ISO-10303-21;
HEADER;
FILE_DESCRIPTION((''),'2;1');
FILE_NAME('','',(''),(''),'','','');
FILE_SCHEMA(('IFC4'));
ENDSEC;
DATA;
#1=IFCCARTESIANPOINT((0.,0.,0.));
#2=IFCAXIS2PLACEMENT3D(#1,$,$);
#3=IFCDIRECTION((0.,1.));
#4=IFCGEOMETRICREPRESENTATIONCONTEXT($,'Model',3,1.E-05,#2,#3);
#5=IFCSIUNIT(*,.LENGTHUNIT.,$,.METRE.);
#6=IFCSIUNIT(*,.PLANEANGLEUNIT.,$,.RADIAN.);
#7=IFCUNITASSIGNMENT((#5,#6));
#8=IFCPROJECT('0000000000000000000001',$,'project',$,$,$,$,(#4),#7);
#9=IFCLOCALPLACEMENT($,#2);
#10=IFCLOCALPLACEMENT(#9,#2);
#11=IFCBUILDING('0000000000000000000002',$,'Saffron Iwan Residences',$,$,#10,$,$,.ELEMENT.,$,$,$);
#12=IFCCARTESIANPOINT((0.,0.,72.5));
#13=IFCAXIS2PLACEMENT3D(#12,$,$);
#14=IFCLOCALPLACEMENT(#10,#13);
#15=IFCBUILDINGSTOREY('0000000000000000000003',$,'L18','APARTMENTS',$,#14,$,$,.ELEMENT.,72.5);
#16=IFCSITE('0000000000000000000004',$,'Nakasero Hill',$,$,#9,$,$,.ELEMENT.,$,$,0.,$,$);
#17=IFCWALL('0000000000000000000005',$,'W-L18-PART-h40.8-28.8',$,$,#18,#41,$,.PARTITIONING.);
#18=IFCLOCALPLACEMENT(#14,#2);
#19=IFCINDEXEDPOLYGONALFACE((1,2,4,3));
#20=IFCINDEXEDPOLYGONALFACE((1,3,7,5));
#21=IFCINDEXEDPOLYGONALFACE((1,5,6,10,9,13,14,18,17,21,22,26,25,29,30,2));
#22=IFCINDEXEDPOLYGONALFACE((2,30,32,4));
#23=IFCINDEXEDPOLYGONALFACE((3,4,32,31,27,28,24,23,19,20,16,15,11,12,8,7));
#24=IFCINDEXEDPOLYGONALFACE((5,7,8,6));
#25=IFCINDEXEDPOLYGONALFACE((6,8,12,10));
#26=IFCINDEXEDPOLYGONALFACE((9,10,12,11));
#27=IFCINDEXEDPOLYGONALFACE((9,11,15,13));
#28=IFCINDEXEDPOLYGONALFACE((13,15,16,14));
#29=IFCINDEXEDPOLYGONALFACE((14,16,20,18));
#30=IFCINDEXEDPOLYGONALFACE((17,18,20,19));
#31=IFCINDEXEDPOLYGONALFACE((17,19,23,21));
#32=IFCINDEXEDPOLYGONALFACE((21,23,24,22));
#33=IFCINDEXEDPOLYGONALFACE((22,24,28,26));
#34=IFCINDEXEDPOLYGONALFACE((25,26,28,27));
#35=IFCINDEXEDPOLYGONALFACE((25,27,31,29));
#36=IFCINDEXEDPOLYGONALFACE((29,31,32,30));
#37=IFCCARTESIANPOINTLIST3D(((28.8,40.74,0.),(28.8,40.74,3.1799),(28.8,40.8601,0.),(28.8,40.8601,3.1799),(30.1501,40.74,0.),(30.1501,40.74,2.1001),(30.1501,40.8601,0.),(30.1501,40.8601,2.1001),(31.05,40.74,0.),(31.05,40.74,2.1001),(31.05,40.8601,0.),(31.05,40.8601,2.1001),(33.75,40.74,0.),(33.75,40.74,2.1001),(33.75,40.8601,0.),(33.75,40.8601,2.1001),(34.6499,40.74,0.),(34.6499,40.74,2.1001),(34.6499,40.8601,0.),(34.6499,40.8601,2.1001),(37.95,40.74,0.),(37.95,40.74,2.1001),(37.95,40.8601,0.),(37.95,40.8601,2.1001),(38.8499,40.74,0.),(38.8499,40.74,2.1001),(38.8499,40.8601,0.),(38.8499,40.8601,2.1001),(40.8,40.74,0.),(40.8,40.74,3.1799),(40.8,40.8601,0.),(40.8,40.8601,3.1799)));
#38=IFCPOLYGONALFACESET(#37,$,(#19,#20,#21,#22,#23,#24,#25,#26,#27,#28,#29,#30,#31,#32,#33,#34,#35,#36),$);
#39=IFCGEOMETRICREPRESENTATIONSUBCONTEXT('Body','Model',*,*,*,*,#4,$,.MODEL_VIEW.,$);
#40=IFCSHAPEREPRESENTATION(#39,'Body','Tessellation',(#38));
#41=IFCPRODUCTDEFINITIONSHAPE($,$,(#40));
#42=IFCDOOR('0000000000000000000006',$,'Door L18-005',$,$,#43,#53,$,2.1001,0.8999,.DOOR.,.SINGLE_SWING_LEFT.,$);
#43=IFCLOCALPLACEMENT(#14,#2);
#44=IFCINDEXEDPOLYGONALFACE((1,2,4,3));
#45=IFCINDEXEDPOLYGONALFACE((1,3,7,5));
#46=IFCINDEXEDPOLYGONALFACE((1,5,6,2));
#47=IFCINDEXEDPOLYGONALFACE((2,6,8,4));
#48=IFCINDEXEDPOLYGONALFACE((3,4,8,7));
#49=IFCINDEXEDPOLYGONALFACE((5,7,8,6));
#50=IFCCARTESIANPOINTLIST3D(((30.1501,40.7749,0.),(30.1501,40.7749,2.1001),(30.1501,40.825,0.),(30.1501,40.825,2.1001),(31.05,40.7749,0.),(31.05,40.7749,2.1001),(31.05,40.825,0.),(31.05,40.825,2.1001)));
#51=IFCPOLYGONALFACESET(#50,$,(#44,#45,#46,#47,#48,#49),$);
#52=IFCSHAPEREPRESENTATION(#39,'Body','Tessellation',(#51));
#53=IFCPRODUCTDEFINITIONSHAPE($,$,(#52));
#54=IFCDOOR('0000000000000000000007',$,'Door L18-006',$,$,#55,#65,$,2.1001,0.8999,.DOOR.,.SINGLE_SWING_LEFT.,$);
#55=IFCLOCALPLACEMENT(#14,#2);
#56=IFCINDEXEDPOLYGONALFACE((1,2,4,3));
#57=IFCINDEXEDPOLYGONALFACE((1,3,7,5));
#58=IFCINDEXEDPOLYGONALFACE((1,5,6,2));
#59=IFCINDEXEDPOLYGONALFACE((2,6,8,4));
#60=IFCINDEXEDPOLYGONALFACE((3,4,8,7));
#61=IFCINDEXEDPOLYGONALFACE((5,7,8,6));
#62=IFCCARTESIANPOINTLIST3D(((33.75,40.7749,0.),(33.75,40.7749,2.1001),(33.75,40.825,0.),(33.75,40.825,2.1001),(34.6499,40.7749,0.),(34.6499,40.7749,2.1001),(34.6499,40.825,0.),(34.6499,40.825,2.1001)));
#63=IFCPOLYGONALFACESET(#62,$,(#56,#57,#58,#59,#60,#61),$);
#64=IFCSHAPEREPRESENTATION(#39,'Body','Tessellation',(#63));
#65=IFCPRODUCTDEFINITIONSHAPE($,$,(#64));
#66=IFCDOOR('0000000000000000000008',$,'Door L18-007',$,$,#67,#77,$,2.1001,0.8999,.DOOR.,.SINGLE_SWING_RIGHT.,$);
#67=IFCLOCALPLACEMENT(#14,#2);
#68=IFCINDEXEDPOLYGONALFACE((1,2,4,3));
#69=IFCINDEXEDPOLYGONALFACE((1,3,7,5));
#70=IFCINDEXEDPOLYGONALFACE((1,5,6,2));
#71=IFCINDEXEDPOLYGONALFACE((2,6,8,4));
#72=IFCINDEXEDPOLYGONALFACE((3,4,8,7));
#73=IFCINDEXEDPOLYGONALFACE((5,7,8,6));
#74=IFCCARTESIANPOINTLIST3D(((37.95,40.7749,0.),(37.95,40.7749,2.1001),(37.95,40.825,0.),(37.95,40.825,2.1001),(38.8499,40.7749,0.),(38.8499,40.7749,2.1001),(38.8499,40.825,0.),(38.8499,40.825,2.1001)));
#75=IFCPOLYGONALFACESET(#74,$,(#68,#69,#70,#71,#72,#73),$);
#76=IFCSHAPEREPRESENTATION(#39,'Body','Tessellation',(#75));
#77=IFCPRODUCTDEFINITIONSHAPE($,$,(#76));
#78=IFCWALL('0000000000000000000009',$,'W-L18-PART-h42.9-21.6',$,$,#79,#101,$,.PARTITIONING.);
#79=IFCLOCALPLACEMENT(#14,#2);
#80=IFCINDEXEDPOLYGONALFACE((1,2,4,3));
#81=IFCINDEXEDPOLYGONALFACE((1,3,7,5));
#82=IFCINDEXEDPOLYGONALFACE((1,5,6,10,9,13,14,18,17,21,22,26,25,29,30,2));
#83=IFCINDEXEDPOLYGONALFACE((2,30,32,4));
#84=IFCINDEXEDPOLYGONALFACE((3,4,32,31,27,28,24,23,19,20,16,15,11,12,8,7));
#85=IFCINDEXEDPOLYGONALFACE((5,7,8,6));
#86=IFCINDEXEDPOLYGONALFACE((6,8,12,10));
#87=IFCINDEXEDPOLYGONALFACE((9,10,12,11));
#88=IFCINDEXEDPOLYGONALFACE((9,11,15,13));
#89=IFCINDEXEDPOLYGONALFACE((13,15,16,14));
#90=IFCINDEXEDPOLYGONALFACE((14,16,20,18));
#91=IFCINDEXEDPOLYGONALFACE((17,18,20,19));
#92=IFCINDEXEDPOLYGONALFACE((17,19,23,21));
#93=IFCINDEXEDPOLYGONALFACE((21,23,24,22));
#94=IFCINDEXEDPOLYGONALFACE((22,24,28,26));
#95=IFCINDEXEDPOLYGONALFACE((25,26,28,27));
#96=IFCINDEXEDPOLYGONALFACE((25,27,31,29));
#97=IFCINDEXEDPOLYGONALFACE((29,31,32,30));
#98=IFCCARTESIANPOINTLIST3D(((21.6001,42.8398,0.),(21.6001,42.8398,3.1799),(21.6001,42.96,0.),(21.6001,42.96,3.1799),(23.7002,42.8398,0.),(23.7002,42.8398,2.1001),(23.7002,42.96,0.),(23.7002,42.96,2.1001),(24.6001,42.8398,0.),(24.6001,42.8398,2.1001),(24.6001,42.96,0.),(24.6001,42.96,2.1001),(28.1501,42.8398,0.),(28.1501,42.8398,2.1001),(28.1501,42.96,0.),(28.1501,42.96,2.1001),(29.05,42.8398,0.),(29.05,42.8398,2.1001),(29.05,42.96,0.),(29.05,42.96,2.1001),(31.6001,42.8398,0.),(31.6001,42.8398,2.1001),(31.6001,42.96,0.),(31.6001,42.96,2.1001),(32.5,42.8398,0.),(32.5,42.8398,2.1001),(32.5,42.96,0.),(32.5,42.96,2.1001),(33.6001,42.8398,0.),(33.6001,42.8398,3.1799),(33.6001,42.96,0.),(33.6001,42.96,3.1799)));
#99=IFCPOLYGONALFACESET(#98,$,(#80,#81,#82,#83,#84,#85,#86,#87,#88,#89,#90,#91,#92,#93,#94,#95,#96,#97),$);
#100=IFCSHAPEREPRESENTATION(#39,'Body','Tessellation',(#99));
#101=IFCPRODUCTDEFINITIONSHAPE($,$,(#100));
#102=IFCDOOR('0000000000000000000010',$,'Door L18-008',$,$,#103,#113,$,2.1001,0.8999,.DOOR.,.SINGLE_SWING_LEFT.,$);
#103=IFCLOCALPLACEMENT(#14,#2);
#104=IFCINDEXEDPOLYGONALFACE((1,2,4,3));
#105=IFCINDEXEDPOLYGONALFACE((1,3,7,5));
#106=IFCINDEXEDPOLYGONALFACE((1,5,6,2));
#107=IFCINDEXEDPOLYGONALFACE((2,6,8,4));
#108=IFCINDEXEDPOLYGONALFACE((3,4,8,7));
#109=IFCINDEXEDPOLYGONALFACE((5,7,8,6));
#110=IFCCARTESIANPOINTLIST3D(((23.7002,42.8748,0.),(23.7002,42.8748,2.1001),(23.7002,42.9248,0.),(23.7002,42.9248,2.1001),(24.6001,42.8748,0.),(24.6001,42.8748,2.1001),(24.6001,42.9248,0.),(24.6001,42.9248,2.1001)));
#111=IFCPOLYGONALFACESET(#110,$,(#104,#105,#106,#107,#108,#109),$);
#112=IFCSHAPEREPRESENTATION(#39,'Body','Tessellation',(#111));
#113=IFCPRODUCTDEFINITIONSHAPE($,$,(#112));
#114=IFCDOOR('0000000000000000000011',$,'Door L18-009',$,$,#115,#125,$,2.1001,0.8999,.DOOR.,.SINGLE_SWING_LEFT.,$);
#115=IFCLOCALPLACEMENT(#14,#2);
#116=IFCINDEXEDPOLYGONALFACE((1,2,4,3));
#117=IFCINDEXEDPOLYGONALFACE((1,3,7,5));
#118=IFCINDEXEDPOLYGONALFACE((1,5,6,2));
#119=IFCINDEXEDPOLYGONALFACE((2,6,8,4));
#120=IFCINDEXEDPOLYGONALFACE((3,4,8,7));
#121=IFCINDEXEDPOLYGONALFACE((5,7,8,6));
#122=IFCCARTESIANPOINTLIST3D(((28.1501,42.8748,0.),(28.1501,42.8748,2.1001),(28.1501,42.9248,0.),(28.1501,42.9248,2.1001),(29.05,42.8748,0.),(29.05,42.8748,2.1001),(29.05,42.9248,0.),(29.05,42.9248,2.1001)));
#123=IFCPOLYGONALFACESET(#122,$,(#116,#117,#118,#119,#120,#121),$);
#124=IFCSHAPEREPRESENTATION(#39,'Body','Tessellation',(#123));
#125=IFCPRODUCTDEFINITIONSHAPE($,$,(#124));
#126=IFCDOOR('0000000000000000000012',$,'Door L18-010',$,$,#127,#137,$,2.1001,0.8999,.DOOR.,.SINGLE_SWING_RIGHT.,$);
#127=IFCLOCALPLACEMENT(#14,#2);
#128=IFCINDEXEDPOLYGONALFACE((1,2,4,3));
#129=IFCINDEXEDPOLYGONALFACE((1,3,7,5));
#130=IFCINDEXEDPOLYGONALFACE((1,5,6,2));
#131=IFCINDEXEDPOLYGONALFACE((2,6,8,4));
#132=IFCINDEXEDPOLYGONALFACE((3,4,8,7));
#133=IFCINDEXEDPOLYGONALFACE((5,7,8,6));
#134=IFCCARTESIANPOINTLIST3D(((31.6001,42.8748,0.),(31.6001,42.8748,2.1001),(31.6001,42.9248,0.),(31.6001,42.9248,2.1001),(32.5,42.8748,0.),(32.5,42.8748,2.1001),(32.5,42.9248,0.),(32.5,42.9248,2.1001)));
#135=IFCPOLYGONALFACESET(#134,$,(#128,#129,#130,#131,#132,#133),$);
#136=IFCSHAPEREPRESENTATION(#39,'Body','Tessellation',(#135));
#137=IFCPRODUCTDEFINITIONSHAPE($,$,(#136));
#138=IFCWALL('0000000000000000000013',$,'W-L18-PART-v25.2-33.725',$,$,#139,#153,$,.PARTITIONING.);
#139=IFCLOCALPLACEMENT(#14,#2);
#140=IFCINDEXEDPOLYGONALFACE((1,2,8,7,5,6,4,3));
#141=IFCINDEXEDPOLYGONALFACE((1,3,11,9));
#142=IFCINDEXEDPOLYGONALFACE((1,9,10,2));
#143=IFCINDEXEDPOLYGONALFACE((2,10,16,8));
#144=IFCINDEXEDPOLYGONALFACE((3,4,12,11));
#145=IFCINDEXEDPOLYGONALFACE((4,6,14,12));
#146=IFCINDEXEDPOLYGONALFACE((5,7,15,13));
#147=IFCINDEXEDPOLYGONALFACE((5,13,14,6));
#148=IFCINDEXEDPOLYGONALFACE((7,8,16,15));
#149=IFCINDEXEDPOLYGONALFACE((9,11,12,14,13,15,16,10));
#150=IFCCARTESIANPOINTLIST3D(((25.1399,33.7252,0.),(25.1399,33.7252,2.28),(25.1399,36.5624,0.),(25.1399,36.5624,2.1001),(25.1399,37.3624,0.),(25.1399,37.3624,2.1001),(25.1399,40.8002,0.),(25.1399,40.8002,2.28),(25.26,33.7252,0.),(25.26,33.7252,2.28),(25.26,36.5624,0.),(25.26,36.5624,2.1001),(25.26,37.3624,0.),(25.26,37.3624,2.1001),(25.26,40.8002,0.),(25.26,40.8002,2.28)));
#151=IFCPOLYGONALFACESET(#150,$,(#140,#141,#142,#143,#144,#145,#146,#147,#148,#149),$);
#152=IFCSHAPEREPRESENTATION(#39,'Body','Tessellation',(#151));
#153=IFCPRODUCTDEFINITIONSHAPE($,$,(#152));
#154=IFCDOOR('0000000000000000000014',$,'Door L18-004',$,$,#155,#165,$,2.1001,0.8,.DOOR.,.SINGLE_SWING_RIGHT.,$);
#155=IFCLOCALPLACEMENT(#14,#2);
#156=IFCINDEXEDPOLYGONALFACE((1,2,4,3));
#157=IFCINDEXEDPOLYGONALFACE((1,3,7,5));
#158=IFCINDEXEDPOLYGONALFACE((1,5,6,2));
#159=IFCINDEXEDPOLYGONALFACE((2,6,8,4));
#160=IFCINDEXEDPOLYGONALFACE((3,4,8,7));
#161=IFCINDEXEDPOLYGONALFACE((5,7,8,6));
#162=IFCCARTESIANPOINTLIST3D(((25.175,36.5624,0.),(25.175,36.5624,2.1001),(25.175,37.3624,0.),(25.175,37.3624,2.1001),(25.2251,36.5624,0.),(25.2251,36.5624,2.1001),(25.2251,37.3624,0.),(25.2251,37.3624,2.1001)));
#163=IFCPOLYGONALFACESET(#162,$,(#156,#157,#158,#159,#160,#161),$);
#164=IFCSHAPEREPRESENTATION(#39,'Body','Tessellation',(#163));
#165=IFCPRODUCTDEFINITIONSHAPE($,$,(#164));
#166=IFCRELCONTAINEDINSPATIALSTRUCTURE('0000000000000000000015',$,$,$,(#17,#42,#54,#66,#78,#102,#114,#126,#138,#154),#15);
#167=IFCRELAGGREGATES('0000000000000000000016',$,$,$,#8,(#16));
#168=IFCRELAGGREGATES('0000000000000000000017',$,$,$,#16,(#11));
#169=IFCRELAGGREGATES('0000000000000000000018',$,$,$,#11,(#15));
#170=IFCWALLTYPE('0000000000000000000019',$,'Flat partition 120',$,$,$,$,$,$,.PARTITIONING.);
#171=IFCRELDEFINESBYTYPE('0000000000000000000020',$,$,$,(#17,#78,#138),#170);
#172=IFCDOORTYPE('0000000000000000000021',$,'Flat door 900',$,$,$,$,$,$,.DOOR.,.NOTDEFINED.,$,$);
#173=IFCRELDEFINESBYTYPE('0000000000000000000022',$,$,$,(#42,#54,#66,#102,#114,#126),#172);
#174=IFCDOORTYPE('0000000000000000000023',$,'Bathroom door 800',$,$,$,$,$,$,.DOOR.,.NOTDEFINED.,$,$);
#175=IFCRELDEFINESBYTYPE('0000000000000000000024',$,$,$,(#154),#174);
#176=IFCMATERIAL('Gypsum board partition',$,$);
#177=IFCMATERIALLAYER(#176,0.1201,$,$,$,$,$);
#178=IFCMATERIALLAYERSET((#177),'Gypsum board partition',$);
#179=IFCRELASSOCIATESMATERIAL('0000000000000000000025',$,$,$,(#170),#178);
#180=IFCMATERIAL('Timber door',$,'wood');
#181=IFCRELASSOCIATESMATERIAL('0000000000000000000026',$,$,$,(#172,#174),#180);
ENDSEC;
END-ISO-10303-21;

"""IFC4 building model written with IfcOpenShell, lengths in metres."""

from ifc_helpers import new_model, si_unit, direction, frame, frame_2d, origin, place, context, subcontext, project, spatial, rectangle, extrude, material, layer, layer_set, type_object, element, fill, save


model = new_model("IFC4")

# Units and contexts
model_context = context("Model", 3, precision=1e-05, world=origin(), true_north=direction((0.0, 1.0)))
body_context = subcontext(model_context, "Body", "Model", "MODEL_VIEW")
ifc_project = project(units=[si_unit("LENGTHUNIT", "METRE"), si_unit("PLANEANGLEUNIT", "RADIAN")], contexts=[model_context])

# Site, building, storey
site_placement = place(None, origin())
site = spatial("IfcSite", under=ifc_project, at=site_placement, Name="Nakasero Hill", CompositionType="ELEMENT", RefElevation=0.0)
building_placement = place(site_placement, origin())
building = spatial("IfcBuilding", under=site, at=building_placement, Name="Saffron Iwan Residences", CompositionType="ELEMENT")
storey_placement = place(building_placement, frame((0.0, 0.0, 72.5)))
storey = spatial("IfcBuildingStorey", under=building, at=storey_placement, Name="L18", Description="APARTMENTS", CompositionType="ELEMENT", Elevation=72.5)

# Shared definitions
ifc_material_1 = material(Name="Gypsum board partition")
ifc_layer_1 = layer(ifc_material_1, 0.1201)
ifc_layer_set_1 = layer_set([ifc_layer_1], Name="Gypsum board partition")
wall_type_1 = type_object("IfcWallType", Name="Flat partition 120", PredefinedType="PARTITIONING", material=ifc_layer_set_1)

# Walls, openings, doors
wall_1_placement = place(storey_placement, frame((28.8, 40.8, 0.0), z_axis=(0.0, 0.0, 1.0), x_axis=(1.0, 0.0, 0.0)))
wall_1 = element("IfcWall", 1, at=wall_1_placement, inside=storey, type_object=wall_type_1, Name="W-L18-PART-h40.8-28.8", PredefinedType="PARTITIONING", context=body_context, shape_type="SweptSolid", body=[
    extrude(rectangle(XDim=12.0, YDim=0.1201, at=frame_2d((6.0, 0.0))), origin(), (0.0, 0.0, 1.0), 3.1799),
])
opening_1_placement = place(wall_1_placement, frame((1.3501, 0.0, 0.0)))
opening_1 = element("IfcOpeningElement", 2, at=opening_1_placement, cuts=wall_1, PredefinedType="OPENING", context=body_context, shape_type="SweptSolid", body=[
    extrude(rectangle(XDim=0.8999, YDim=2.1001, at=frame_2d((0.45, 1.05))), frame((0.0, 0.0701, 0.0), z_axis=(0.0, -1.0, 0.0), x_axis=(1.0, 0.0, 0.0)), (0.0, 0.0, 1.0), 0.1401),
])
opening_2_placement = place(wall_1_placement, frame((4.95, 0.0, 0.0)))
opening_2 = element("IfcOpeningElement", 3, at=opening_2_placement, cuts=wall_1, PredefinedType="OPENING", context=body_context, shape_type="SweptSolid", body=[
    extrude(rectangle(XDim=0.8999, YDim=2.1001, at=frame_2d((0.45, 1.05))), frame((0.0, 0.0701, 0.0), z_axis=(0.0, -1.0, 0.0), x_axis=(1.0, 0.0, 0.0)), (0.0, 0.0, 1.0), 0.1401),
])
opening_3_placement = place(wall_1_placement, frame((9.1499, 0.0, 0.0)))
opening_3 = element("IfcOpeningElement", 4, at=opening_3_placement, cuts=wall_1, PredefinedType="OPENING", context=body_context, shape_type="SweptSolid", body=[
    extrude(rectangle(XDim=0.8999, YDim=2.1001, at=frame_2d((0.45, 1.05))), frame((0.0, 0.0701, 0.0), z_axis=(0.0, -1.0, 0.0), x_axis=(1.0, 0.0, 0.0)), (0.0, 0.0, 1.0), 0.1401),
])
ifc_material_2 = material(Name="Timber door", Category="wood")
door_type_1 = type_object("IfcDoorType", Name="Flat door 900", OperationType="NOTDEFINED", PredefinedType="DOOR", material=ifc_material_2)
door_1_placement = place(opening_1_placement, origin())
door_1 = element("IfcDoor", 5, at=door_1_placement, inside=storey, type_object=door_type_1, Name="Door L18-005", OperationType="SINGLE_SWING_LEFT", OverallHeight=2.1001, OverallWidth=0.8999, PredefinedType="DOOR", context=body_context, shape_type="SweptSolid", body=[
    extrude(rectangle(XDim=0.8999, YDim=2.1001, at=frame_2d((0.45, 1.05))), frame((0.0, 0.0249, 0.0), z_axis=(0.0, -1.0, 0.0), x_axis=(1.0, 0.0, 0.0)), (0.0, 0.0, 1.0), 0.05),
])
fill(opening_1, door_1)
door_2_placement = place(opening_2_placement, origin())
door_2 = element("IfcDoor", 6, at=door_2_placement, inside=storey, type_object=door_type_1, Name="Door L18-006", OperationType="SINGLE_SWING_LEFT", OverallHeight=2.1001, OverallWidth=0.8999, PredefinedType="DOOR", context=body_context, shape_type="SweptSolid", body=[
    extrude(rectangle(XDim=0.8999, YDim=2.1001, at=frame_2d((0.45, 1.05))), frame((0.0, 0.0249, 0.0), z_axis=(0.0, -1.0, 0.0), x_axis=(1.0, 0.0, 0.0)), (0.0, 0.0, 1.0), 0.05),
])
fill(opening_2, door_2)
door_3_placement = place(opening_3_placement, origin())
door_3 = element("IfcDoor", 7, at=door_3_placement, inside=storey, type_object=door_type_1, Name="Door L18-007", OperationType="SINGLE_SWING_RIGHT", OverallHeight=2.1001, OverallWidth=0.8999, PredefinedType="DOOR", context=body_context, shape_type="SweptSolid", body=[
    extrude(rectangle(XDim=0.8999, YDim=2.1001, at=frame_2d((0.45, 1.05))), frame((0.0, 0.0249, 0.0), z_axis=(0.0, -1.0, 0.0), x_axis=(1.0, 0.0, 0.0)), (0.0, 0.0, 1.0), 0.05),
])
fill(opening_3, door_3)
wall_2_placement = place(storey_placement, frame((21.6001, 42.8999, 0.0), z_axis=(0.0, 0.0, 1.0), x_axis=(1.0, 0.0, 0.0)))
wall_2 = element("IfcWall", 8, at=wall_2_placement, inside=storey, type_object=wall_type_1, Name="W-L18-PART-h42.9-21.6", PredefinedType="PARTITIONING", context=body_context, shape_type="SweptSolid", body=[
    extrude(rectangle(XDim=12.0, YDim=0.1201, at=frame_2d((6.0, 0.0))), origin(), (0.0, 0.0, 1.0), 3.1799),
])
opening_4_placement = place(wall_2_placement, frame((2.1001, 0.0, 0.0)))
opening_4 = element("IfcOpeningElement", 9, at=opening_4_placement, cuts=wall_2, PredefinedType="OPENING", context=body_context, shape_type="SweptSolid", body=[
    extrude(rectangle(XDim=0.8999, YDim=2.1001, at=frame_2d((0.45, 1.05))), frame((0.0, 0.0701, 0.0), z_axis=(0.0, -1.0, 0.0), x_axis=(1.0, 0.0, 0.0)), (0.0, 0.0, 1.0), 0.1401),
])
opening_5_placement = place(wall_2_placement, frame((6.55, 0.0, 0.0)))
opening_5 = element("IfcOpeningElement", 10, at=opening_5_placement, cuts=wall_2, PredefinedType="OPENING", context=body_context, shape_type="SweptSolid", body=[
    extrude(rectangle(XDim=0.8999, YDim=2.1001, at=frame_2d((0.45, 1.05))), frame((0.0, 0.0701, 0.0), z_axis=(0.0, -1.0, 0.0), x_axis=(1.0, 0.0, 0.0)), (0.0, 0.0, 1.0), 0.1401),
])
opening_6_placement = place(wall_2_placement, frame((10.0, 0.0, 0.0)))
opening_6 = element("IfcOpeningElement", 11, at=opening_6_placement, cuts=wall_2, PredefinedType="OPENING", context=body_context, shape_type="SweptSolid", body=[
    extrude(rectangle(XDim=0.8999, YDim=2.1001, at=frame_2d((0.45, 1.05))), frame((0.0, 0.0701, 0.0), z_axis=(0.0, -1.0, 0.0), x_axis=(1.0, 0.0, 0.0)), (0.0, 0.0, 1.0), 0.1401),
])
door_4_placement = place(opening_4_placement, origin())
door_4 = element("IfcDoor", 12, at=door_4_placement, inside=storey, type_object=door_type_1, Name="Door L18-008", OperationType="SINGLE_SWING_LEFT", OverallHeight=2.1001, OverallWidth=0.8999, PredefinedType="DOOR", context=body_context, shape_type="SweptSolid", body=[
    extrude(rectangle(XDim=0.8999, YDim=2.1001, at=frame_2d((0.45, 1.05))), frame((0.0, 0.0249, 0.0), z_axis=(0.0, -1.0, 0.0), x_axis=(1.0, 0.0, 0.0)), (0.0, 0.0, 1.0), 0.05),
])
fill(opening_4, door_4)
door_5_placement = place(opening_5_placement, origin())
door_5 = element("IfcDoor", 13, at=door_5_placement, inside=storey, type_object=door_type_1, Name="Door L18-009", OperationType="SINGLE_SWING_LEFT", OverallHeight=2.1001, OverallWidth=0.8999, PredefinedType="DOOR", context=body_context, shape_type="SweptSolid", body=[
    extrude(rectangle(XDim=0.8999, YDim=2.1001, at=frame_2d((0.45, 1.05))), frame((0.0, 0.0249, 0.0), z_axis=(0.0, -1.0, 0.0), x_axis=(1.0, 0.0, 0.0)), (0.0, 0.0, 1.0), 0.05),
])
fill(opening_5, door_5)
door_6_placement = place(opening_6_placement, origin())
door_6 = element("IfcDoor", 14, at=door_6_placement, inside=storey, type_object=door_type_1, Name="Door L18-010", OperationType="SINGLE_SWING_RIGHT", OverallHeight=2.1001, OverallWidth=0.8999, PredefinedType="DOOR", context=body_context, shape_type="SweptSolid", body=[
    extrude(rectangle(XDim=0.8999, YDim=2.1001, at=frame_2d((0.45, 1.05))), frame((0.0, 0.0249, 0.0), z_axis=(0.0, -1.0, 0.0), x_axis=(1.0, 0.0, 0.0)), (0.0, 0.0, 1.0), 0.05),
])
fill(opening_6, door_6)

# Wall, opening, door
wall_3_placement = place(storey_placement, frame((25.2, 33.7251, 0.0), z_axis=(0.0, 0.0, 1.0), x_axis=(0.0, 1.0, 0.0)))
wall_3 = element("IfcWall", 15, at=wall_3_placement, inside=storey, type_object=wall_type_1, Name="W-L18-PART-v25.2-33.725", PredefinedType="PARTITIONING", context=body_context, shape_type="SweptSolid", body=[
    extrude(rectangle(XDim=7.075, YDim=0.1201, at=frame_2d((3.5376, 0.0))), origin(), (0.0, 0.0, 1.0), 2.28),
])
opening_7_placement = place(wall_3_placement, frame((2.8374, 0.0, 0.0)))
opening_7 = element("IfcOpeningElement", 16, at=opening_7_placement, cuts=wall_3, PredefinedType="OPENING", context=body_context, shape_type="SweptSolid", body=[
    extrude(rectangle(XDim=0.8, YDim=2.1001, at=frame_2d((0.3999, 1.05))), frame((0.0, 0.0701, 0.0), z_axis=(0.0, -1.0, 0.0), x_axis=(1.0, 0.0, 0.0)), (0.0, 0.0, 1.0), 0.1401),
])
door_type_2 = type_object("IfcDoorType", Name="Bathroom door 800", OperationType="NOTDEFINED", PredefinedType="DOOR", material=ifc_material_2)
door_7_placement = place(opening_7_placement, origin())
door_7 = element("IfcDoor", 17, at=door_7_placement, inside=storey, type_object=door_type_2, Name="Door L18-004", OperationType="SINGLE_SWING_RIGHT", OverallHeight=2.1001, OverallWidth=0.8, PredefinedType="DOOR", context=body_context, shape_type="SweptSolid", body=[
    extrude(rectangle(XDim=0.8, YDim=2.1001, at=frame_2d((0.3999, 1.05))), frame((0.0, 0.0249, 0.0), z_axis=(0.0, -1.0, 0.0), x_axis=(1.0, 0.0, 0.0)), (0.0, 0.0, 1.0), 0.05),
])
fill(opening_7, door_7)

save(model, "model.ifc")
